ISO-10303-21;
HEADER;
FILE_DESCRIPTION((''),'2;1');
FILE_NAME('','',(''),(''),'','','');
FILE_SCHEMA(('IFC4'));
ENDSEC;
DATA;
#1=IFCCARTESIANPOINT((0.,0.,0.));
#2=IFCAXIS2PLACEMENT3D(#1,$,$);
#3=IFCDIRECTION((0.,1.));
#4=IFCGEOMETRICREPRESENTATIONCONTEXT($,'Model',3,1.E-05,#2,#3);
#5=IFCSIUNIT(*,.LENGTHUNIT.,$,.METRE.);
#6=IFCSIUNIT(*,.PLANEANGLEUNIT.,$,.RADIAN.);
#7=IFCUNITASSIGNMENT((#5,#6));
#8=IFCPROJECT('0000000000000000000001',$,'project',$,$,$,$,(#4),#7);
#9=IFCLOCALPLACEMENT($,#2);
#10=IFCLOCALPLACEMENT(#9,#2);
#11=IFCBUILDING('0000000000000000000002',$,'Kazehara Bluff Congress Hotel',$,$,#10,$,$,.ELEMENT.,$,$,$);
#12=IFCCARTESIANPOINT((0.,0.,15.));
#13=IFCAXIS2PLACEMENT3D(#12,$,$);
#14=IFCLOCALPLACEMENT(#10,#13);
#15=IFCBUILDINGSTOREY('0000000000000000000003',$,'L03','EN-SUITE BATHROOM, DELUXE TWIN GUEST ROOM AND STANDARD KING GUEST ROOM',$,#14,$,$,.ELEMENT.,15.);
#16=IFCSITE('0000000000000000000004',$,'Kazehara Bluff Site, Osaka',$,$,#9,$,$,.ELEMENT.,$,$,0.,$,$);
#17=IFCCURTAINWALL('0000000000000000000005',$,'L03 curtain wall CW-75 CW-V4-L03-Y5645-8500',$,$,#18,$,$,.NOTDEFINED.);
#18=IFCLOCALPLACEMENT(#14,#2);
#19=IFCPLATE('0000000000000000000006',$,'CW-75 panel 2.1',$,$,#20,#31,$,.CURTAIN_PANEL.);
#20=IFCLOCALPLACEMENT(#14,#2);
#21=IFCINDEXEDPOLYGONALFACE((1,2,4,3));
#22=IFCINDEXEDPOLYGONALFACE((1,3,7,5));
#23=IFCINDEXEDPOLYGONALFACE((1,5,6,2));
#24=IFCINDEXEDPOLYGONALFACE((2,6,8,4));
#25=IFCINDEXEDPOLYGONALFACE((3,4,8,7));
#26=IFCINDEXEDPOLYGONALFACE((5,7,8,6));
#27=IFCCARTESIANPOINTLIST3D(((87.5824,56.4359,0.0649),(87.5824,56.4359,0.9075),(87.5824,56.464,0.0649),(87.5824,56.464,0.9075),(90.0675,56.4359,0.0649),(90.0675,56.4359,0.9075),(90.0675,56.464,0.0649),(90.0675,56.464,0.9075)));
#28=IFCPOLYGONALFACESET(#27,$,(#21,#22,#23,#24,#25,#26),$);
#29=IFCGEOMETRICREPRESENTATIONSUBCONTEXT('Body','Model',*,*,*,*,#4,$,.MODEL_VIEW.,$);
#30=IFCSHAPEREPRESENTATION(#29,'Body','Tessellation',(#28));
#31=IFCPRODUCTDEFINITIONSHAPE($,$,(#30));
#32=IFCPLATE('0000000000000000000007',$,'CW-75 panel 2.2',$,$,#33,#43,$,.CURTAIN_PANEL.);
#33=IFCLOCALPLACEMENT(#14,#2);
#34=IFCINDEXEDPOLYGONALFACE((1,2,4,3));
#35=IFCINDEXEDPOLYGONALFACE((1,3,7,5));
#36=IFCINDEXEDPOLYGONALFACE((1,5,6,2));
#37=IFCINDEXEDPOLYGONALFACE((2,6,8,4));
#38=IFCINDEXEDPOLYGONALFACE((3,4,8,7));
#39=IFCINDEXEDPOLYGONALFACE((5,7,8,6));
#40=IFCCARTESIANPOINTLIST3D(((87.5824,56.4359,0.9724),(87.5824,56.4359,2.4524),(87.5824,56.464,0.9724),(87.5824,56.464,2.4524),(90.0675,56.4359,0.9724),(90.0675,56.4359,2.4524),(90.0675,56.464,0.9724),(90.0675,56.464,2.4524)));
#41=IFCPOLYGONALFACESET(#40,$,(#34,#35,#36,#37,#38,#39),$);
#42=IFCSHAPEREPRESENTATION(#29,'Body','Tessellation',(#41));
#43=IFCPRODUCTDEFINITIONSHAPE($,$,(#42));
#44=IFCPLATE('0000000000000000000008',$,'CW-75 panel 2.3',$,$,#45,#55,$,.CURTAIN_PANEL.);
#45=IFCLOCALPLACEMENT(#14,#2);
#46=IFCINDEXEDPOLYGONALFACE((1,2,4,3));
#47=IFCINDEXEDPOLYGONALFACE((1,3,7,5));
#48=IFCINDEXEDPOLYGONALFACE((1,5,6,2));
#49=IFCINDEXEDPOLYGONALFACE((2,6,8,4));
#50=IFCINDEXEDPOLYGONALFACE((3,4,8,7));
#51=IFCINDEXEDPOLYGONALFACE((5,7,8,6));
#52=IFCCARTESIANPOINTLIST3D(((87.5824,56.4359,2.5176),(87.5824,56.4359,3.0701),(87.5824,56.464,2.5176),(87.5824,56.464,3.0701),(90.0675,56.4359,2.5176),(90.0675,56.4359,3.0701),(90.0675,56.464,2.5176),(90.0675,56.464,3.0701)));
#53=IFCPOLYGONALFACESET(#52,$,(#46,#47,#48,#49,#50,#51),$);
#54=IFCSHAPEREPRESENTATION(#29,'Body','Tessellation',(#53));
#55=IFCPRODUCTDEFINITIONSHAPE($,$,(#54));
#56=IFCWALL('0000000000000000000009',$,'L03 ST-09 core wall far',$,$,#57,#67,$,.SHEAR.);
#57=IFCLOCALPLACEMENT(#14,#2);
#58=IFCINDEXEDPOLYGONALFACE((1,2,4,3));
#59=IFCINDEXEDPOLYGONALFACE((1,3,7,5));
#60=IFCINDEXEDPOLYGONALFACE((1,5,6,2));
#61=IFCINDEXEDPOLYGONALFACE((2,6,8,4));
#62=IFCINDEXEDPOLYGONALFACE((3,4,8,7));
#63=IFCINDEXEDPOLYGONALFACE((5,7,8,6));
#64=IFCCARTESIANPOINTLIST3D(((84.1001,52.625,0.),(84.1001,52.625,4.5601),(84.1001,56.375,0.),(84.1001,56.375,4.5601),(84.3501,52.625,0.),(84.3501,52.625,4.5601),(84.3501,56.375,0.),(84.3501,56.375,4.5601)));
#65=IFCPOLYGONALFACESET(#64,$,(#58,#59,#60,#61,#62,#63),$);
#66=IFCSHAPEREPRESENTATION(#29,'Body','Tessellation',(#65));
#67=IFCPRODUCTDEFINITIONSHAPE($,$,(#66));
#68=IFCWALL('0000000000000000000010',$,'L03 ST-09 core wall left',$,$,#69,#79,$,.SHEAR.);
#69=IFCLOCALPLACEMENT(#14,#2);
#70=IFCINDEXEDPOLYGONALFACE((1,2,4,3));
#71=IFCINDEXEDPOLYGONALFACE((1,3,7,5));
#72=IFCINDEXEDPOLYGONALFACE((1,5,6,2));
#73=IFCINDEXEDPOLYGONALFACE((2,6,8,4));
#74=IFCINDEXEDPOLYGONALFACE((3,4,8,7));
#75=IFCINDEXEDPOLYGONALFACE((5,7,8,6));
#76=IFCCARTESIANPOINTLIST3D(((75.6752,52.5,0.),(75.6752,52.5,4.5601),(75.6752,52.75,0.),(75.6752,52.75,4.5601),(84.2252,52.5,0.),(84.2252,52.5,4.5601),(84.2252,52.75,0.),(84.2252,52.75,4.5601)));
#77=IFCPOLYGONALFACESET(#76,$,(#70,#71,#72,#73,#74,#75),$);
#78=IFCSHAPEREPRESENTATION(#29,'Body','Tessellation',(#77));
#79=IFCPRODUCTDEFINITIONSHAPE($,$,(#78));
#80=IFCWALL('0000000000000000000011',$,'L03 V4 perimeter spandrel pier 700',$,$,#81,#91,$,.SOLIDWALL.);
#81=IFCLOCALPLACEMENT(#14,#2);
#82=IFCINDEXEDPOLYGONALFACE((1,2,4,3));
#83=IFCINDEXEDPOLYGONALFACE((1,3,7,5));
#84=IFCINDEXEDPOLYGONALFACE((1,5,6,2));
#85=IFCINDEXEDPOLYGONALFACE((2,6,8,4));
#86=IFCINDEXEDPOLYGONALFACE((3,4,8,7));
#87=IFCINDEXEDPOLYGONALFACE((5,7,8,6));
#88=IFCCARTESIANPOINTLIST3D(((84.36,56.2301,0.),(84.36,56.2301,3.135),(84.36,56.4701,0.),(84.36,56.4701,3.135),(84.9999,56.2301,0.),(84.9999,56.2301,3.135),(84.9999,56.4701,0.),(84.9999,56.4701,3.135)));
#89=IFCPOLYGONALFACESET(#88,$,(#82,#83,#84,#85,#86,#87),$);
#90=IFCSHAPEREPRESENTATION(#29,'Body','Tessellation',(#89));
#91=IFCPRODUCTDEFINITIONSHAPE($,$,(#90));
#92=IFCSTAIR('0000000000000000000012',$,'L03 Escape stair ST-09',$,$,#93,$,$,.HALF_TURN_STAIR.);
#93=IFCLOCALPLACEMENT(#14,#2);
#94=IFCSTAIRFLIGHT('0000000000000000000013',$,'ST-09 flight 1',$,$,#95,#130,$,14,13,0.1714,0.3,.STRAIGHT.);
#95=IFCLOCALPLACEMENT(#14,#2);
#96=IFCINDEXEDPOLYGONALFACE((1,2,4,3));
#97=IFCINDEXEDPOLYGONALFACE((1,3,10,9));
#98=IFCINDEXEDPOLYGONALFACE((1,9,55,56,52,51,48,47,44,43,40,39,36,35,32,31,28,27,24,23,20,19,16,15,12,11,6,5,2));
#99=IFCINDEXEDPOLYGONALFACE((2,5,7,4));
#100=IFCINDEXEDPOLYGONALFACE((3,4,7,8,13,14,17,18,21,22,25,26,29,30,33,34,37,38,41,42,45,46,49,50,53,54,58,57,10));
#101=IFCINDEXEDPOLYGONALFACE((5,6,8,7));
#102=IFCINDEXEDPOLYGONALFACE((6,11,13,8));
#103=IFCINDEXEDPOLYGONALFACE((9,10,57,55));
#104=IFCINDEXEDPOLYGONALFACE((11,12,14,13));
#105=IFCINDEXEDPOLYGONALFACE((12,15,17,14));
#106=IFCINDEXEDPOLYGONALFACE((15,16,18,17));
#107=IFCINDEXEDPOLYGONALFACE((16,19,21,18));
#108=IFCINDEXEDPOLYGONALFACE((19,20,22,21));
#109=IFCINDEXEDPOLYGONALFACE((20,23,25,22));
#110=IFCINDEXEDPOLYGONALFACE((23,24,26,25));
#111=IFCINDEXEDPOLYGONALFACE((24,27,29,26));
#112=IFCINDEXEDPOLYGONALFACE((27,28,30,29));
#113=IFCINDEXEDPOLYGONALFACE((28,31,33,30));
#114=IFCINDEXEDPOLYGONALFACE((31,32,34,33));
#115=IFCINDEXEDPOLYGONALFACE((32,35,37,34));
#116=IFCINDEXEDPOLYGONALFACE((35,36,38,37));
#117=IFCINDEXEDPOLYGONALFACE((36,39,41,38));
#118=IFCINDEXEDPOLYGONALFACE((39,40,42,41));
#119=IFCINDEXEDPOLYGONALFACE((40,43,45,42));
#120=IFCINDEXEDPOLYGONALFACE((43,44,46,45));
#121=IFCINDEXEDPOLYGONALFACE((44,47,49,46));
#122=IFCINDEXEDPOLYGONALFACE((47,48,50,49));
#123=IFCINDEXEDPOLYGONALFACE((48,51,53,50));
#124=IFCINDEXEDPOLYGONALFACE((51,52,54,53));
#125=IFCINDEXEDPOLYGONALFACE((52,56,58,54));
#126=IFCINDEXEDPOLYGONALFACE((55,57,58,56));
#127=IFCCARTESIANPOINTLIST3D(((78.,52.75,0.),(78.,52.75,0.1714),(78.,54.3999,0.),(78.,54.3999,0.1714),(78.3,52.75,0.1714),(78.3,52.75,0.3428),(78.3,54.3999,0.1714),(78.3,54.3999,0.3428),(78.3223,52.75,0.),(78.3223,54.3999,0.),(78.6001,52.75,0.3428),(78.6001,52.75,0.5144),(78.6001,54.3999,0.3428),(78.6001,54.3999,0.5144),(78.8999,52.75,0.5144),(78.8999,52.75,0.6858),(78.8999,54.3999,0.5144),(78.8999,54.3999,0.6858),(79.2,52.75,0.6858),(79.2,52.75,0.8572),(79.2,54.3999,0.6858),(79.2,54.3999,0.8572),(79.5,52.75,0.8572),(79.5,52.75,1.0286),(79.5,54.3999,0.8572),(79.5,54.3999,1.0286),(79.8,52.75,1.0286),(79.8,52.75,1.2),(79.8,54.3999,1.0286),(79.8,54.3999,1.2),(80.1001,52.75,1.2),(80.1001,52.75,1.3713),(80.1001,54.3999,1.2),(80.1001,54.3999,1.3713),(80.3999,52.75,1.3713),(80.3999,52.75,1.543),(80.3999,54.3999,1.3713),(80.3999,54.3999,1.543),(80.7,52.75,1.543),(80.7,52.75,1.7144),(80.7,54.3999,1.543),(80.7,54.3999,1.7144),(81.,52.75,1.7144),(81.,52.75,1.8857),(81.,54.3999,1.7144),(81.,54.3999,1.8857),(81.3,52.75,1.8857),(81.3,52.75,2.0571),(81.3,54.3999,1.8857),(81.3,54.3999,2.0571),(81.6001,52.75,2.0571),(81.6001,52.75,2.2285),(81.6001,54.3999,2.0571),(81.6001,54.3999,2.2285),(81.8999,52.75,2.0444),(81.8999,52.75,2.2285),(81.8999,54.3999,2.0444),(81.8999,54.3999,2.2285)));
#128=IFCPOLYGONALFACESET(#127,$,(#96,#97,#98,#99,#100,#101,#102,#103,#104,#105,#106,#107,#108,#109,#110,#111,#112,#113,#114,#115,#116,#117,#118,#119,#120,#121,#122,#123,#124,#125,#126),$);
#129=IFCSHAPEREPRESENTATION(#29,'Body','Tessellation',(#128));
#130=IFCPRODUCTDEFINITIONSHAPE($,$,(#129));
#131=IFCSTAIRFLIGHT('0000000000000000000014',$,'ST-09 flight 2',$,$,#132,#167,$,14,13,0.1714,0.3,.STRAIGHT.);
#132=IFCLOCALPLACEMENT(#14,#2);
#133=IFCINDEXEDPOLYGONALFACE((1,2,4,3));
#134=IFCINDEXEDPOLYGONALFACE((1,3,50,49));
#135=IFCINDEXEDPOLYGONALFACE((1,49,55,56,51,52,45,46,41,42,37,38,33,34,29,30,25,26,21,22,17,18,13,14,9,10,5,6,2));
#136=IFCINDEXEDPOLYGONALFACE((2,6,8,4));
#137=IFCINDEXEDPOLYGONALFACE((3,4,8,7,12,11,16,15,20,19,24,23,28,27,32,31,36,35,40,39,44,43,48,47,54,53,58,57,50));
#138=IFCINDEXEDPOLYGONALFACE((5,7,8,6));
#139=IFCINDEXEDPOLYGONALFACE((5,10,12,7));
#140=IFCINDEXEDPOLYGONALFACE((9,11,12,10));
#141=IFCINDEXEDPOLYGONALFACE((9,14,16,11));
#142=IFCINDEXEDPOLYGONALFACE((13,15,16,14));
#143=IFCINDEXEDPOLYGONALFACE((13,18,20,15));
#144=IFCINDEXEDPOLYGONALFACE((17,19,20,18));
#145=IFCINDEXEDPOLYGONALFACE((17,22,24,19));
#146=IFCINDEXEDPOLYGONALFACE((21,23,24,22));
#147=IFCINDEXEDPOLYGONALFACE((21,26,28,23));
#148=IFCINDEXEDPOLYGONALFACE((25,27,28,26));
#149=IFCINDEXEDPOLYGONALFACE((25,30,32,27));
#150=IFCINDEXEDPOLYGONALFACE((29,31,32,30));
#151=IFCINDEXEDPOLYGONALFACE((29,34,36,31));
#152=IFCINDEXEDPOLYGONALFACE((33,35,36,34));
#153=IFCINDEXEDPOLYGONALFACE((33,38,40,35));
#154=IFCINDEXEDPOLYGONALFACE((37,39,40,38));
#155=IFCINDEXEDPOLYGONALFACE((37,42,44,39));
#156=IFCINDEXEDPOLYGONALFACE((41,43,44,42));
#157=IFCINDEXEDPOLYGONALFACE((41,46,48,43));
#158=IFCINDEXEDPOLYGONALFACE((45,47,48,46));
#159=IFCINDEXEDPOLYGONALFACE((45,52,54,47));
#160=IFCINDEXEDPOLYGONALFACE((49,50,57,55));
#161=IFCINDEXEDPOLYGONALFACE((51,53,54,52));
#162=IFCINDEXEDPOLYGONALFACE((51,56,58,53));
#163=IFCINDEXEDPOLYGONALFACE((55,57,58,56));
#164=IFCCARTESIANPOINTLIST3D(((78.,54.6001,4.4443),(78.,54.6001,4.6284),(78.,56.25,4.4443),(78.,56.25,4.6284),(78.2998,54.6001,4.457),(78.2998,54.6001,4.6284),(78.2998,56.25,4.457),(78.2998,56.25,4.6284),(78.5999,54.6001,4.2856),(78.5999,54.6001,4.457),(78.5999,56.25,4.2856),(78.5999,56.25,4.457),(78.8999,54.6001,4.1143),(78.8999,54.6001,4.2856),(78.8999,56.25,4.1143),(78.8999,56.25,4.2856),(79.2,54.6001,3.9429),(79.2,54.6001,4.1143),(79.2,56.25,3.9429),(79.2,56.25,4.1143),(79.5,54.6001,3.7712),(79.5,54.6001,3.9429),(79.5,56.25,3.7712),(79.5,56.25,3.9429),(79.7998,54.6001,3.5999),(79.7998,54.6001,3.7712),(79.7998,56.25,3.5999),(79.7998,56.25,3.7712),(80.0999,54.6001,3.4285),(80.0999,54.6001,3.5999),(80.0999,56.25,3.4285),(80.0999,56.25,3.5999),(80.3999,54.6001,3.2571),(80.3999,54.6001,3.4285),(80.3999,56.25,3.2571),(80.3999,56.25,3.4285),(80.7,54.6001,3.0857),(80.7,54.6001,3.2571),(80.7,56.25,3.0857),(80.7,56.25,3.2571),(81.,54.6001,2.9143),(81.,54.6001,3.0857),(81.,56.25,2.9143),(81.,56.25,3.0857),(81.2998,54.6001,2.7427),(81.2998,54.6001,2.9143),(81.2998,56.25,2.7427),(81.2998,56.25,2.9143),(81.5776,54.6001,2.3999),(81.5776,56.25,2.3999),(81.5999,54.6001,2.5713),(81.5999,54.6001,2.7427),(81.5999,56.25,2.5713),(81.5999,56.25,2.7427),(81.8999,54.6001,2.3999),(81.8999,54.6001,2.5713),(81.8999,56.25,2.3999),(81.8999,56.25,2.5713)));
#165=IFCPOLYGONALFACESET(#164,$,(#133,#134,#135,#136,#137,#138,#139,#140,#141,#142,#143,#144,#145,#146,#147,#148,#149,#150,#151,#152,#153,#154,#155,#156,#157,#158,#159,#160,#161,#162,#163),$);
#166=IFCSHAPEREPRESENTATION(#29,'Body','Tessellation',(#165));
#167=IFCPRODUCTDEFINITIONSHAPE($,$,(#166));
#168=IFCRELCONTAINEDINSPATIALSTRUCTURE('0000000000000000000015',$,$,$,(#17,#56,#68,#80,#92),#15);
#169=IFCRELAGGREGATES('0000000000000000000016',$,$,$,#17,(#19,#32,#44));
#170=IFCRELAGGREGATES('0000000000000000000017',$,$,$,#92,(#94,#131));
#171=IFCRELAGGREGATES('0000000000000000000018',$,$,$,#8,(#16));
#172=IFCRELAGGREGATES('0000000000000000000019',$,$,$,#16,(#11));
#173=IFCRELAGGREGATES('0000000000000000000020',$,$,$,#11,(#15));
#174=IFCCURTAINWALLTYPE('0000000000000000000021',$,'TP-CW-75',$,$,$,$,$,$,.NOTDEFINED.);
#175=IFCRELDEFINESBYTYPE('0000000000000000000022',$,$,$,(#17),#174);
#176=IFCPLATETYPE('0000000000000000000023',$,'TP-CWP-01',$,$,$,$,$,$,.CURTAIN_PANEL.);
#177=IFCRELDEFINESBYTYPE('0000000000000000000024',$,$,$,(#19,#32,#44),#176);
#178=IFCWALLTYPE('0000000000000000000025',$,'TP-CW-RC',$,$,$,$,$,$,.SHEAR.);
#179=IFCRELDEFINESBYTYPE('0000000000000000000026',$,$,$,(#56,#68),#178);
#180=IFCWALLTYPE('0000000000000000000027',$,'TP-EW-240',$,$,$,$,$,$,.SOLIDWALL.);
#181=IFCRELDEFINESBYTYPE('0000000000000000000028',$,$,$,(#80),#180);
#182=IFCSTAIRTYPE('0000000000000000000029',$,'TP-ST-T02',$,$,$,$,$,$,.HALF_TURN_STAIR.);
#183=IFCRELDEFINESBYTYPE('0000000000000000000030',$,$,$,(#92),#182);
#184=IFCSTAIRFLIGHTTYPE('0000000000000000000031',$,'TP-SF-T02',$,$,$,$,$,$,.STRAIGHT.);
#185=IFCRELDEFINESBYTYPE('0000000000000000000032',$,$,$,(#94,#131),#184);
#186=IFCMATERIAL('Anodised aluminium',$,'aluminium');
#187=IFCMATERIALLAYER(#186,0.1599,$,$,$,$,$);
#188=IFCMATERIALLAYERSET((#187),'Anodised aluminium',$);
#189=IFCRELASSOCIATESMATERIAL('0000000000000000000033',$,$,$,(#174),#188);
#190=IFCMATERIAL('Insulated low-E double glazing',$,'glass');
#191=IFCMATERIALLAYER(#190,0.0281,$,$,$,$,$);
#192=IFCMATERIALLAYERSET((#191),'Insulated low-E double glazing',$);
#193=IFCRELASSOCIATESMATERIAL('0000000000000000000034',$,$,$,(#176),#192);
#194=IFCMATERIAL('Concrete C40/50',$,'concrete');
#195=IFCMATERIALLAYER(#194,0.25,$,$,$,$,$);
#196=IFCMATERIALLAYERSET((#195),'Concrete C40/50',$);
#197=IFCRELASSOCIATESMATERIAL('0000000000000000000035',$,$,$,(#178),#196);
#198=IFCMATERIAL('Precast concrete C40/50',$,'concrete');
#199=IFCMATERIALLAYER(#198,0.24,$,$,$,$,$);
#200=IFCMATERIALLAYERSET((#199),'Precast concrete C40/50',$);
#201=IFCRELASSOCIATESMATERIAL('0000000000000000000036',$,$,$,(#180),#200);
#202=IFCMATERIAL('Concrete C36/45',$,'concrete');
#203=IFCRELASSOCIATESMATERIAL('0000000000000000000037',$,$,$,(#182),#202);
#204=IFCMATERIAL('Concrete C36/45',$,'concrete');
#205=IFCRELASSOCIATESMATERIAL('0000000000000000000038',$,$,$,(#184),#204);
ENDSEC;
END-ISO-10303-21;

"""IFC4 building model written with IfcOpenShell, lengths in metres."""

from ifc_helpers import new_model, si_unit, direction, frame, frame_2d, origin, origin_2d, place, context, subcontext, project, spatial, polyline, rectangle, outline, extrude, material, layer, layer_set, type_object, element, aggregate, save


model = new_model("IFC4")

# Units and contexts
model_context = context("Model", 3, precision=1e-05, world=origin(), true_north=direction((0.0, 1.0)))
body_context = subcontext(model_context, "Body", "Model", "MODEL_VIEW")
ifc_project = project(units=[si_unit("LENGTHUNIT", "METRE"), si_unit("PLANEANGLEUNIT", "RADIAN")], contexts=[model_context])

# Site, building, storey
site_placement = place(None, origin())
site = spatial("IfcSite", under=ifc_project, at=site_placement, Name="Kazehara Bluff Site, Osaka", CompositionType="ELEMENT", RefElevation=0.0)
building_placement = place(site_placement, origin())
building = spatial("IfcBuilding", under=site, at=building_placement, Name="Kazehara Bluff Congress Hotel", CompositionType="ELEMENT")
storey_placement = place(building_placement, frame((0.0, 0.0, 15.0)))
storey = spatial("IfcBuildingStorey", under=building, at=storey_placement, Name="L03", Description="EN-SUITE BATHROOM, DELUXE TWIN GUEST ROOM AND STANDARD KING GUEST ROOM", CompositionType="ELEMENT", Elevation=15.0)

# Curtain wall
ifc_material_1 = material(Name="Anodised aluminium", Category="aluminium")
ifc_layer_1 = layer(ifc_material_1, 0.1599)
ifc_layer_set_1 = layer_set([ifc_layer_1], Name="Anodised aluminium")
curtain_wall_type = type_object("IfcCurtainWallType", Name="TP-CW-75", PredefinedType="NOTDEFINED", material=ifc_layer_set_1)
curtain_wall_placement = place(storey_placement, origin())
curtain_wall = element("IfcCurtainWall", 1, at=curtain_wall_placement, inside=storey, type_object=curtain_wall_type, Name="L03 curtain wall CW-75 CW-V4-L03-Y5645-8500", PredefinedType="NOTDEFINED")

# Plates
ifc_material_2 = material(Name="Insulated low-E double glazing", Category="glass")
ifc_layer_2 = layer(ifc_material_2, 0.0281)
ifc_layer_set_2 = layer_set([ifc_layer_2], Name="Insulated low-E double glazing")
plate_type = type_object("IfcPlateType", Name="TP-CWP-01", PredefinedType="CURTAIN_PANEL", material=ifc_layer_set_2)
plate_1_placement = place(storey_placement, frame((88.825, 56.45, 0.0649), z_axis=(0.0, 0.0, 1.0), x_axis=(1.0, 0.0, 0.0)))
plate_1 = element("IfcPlate", 2, at=plate_1_placement, type_object=plate_type, Name="CW-75 panel 2.1", PredefinedType="CURTAIN_PANEL", context=body_context, shape_type="SweptSolid", body=[
    extrude(rectangle(XDim=2.4851, YDim=0.0281, at=origin_2d()), origin(), (0.0, 0.0, 1.0), 0.8425),
])
plate_2_placement = place(storey_placement, frame((88.825, 56.45, 0.9724), z_axis=(0.0, 0.0, 1.0), x_axis=(1.0, 0.0, 0.0)))
plate_2 = element("IfcPlate", 3, at=plate_2_placement, type_object=plate_type, Name="CW-75 panel 2.2", PredefinedType="CURTAIN_PANEL", context=body_context, shape_type="SweptSolid", body=[
    extrude(rectangle(XDim=2.4851, YDim=0.0281, at=origin_2d()), origin(), (0.0, 0.0, 1.0), 1.48),
])
plate_3_placement = place(storey_placement, frame((88.825, 56.45, 2.5176), z_axis=(0.0, 0.0, 1.0), x_axis=(1.0, 0.0, 0.0)))
plate_3 = element("IfcPlate", 4, at=plate_3_placement, type_object=plate_type, Name="CW-75 panel 2.3", PredefinedType="CURTAIN_PANEL", context=body_context, shape_type="SweptSolid", body=[
    extrude(rectangle(XDim=2.4851, YDim=0.0281, at=origin_2d()), origin(), (0.0, 0.0, 1.0), 0.5525),
])
aggregate(curtain_wall, [plate_1, plate_2, plate_3])

# Walls
ifc_material_3 = material(Name="Concrete C40/50", Category="concrete")
ifc_layer_3 = layer(ifc_material_3, 0.25)
ifc_layer_set_3 = layer_set([ifc_layer_3], Name="Concrete C40/50")
wall_type_1 = type_object("IfcWallType", Name="TP-CW-RC", PredefinedType="SHEAR", material=ifc_layer_set_3)
wall_1_placement = place(storey_placement, frame((84.2251, 56.375, 0.0), z_axis=(0.0, 0.0, 1.0), x_axis=(0.0, -1.0, 0.0)))
element("IfcWall", 5, at=wall_1_placement, inside=storey, type_object=wall_type_1, Name="L03 ST-09 core wall far", PredefinedType="SHEAR", context=body_context, shape_type="SweptSolid", body=[
    extrude(rectangle(XDim=3.75, YDim=0.25, at=frame_2d((1.875, 0.0))), origin(), (0.0, 0.0, 1.0), 4.5601),
])
wall_2_placement = place(storey_placement, frame((84.2251, 52.625, 0.0), z_axis=(0.0, 0.0, 1.0), x_axis=(-1.0, 0.0, 0.0)))
element("IfcWall", 6, at=wall_2_placement, inside=storey, type_object=wall_type_1, Name="L03 ST-09 core wall left", PredefinedType="SHEAR", context=body_context, shape_type="SweptSolid", body=[
    extrude(rectangle(XDim=8.55, YDim=0.25, at=frame_2d((4.2749, 0.0))), origin(), (0.0, 0.0, 1.0), 4.5601),
])
ifc_material_4 = material(Name="Precast concrete C40/50", Category="concrete")
ifc_layer_4 = layer(ifc_material_4, 0.24)
ifc_layer_set_4 = layer_set([ifc_layer_4], Name="Precast concrete C40/50")
wall_type_2 = type_object("IfcWallType", Name="TP-EW-240", PredefinedType="SOLIDWALL", material=ifc_layer_set_4)
wall_3_placement = place(storey_placement, frame((84.3601, 56.3501, 0.0), z_axis=(0.0, 0.0, 1.0), x_axis=(1.0, 0.0, 0.0)))
element("IfcWall", 7, at=wall_3_placement, inside=storey, type_object=wall_type_2, Name="L03 V4 perimeter spandrel pier 700", PredefinedType="SOLIDWALL", context=body_context, shape_type="SweptSolid", body=[
    extrude(rectangle(XDim=0.6399, YDim=0.24, at=frame_2d((0.3198, 0.0))), origin(), (0.0, 0.0, 1.0), 3.135),
])

# Stair, stair flights
ifc_material_5 = material(Name="Concrete C36/45", Category="concrete")
stair_type = type_object("IfcStairType", Name="TP-ST-T02", PredefinedType="HALF_TURN_STAIR", material=ifc_material_5)
stair_placement = place(storey_placement, origin())
stair = element("IfcStair", 8, at=stair_placement, inside=storey, type_object=stair_type, Name="L03 Escape stair ST-09", PredefinedType="HALF_TURN_STAIR")
ifc_material_6 = material(Name="Concrete C36/45", Category="concrete")
stair_flight_type = type_object("IfcStairFlightType", Name="TP-SF-T02", PredefinedType="STRAIGHT", material=ifc_material_6)
stair_flight_1_placement = place(storey_placement, frame((78.0, 53.575, 0.0), z_axis=(0.0, 0.0, 1.0), x_axis=(1.0, 0.0, 0.0)))
stair_flight_1 = element("IfcStairFlight", 9, at=stair_flight_1_placement, type_object=stair_flight_type, Name="ST-09 flight 1", NumberOfRisers=14, NumberOfTreads=13, PredefinedType="STRAIGHT", RiserHeight=0.1714, TreadLength=0.3, context=body_context, shape_type="SweptSolid", body=[
    extrude(outline(polyline([(0.0, 0.0), (0.0, 0.1714), (0.3, 0.1714), (0.3, 0.3428), (0.6001, 0.3428), (0.6001, 0.5144), (0.8999, 0.5144), (0.8999, 0.6858), (1.2, 0.6858), (1.2, 0.8572), (1.5, 0.8572), (1.5, 1.0286), (1.8, 1.0286), (1.8, 1.2), (2.1001, 1.2), (2.1001, 1.3713), (2.3999, 1.3713), (2.3999, 1.543), (2.7, 1.543), (2.7, 1.7144), (3.0, 1.7144), (3.0, 1.8857), (3.3, 1.8857), (3.3, 2.0571), (3.6001, 2.0571), (3.6001, 2.2285), (3.8999, 2.2285), (3.8999, 2.3999), (3.8999, 2.0444), (0.3223, 0.0), (0.0, 0.0)])), frame((0.0, 0.825, 0.0), z_axis=(0.0, -1.0, 0.0), x_axis=(1.0, 0.0, 0.0)), (0.0, 0.0, 1.0), 1.6499),
])
stair_flight_2_placement = place(storey_placement, frame((81.8999, 55.425, 2.3999), z_axis=(0.0, 0.0, 1.0), x_axis=(-1.0, 0.0, 0.0)))
stair_flight_2 = element("IfcStairFlight", 10, at=stair_flight_2_placement, type_object=stair_flight_type, Name="ST-09 flight 2", NumberOfRisers=14, NumberOfTreads=13, PredefinedType="STRAIGHT", RiserHeight=0.1714, TreadLength=0.3, context=body_context, shape_type="SweptSolid", body=[
    extrude(outline(polyline([(0.0, 0.0), (0.0, 0.1714), (0.3, 0.1714), (0.3, 0.3428), (0.6001, 0.3428), (0.6001, 0.5144), (0.8999, 0.5144), (0.8999, 0.6858), (1.2, 0.6858), (1.2, 0.8572), (1.5, 0.8572), (1.5, 1.0286), (1.8, 1.0286), (1.8, 1.2), (2.1001, 1.2), (2.1001, 1.3713), (2.3999, 1.3713), (2.3999, 1.543), (2.7, 1.543), (2.7, 1.7144), (3.0, 1.7144), (3.0, 1.8857), (3.3, 1.8857), (3.3, 2.0571), (3.6001, 2.0571), (3.6001, 2.2285), (3.8999, 2.2285), (3.8999, 2.3999), (3.8999, 2.0444), (0.3223, 0.0), (0.0, 0.0)])), frame((0.0, 0.825, 0.0), z_axis=(0.0, -1.0, 0.0), x_axis=(1.0, 0.0, 0.0)), (0.0, 0.0, 1.0), 1.6499),
])
aggregate(stair, [stair_flight_1, stair_flight_2])

save(model, "model.ifc")
